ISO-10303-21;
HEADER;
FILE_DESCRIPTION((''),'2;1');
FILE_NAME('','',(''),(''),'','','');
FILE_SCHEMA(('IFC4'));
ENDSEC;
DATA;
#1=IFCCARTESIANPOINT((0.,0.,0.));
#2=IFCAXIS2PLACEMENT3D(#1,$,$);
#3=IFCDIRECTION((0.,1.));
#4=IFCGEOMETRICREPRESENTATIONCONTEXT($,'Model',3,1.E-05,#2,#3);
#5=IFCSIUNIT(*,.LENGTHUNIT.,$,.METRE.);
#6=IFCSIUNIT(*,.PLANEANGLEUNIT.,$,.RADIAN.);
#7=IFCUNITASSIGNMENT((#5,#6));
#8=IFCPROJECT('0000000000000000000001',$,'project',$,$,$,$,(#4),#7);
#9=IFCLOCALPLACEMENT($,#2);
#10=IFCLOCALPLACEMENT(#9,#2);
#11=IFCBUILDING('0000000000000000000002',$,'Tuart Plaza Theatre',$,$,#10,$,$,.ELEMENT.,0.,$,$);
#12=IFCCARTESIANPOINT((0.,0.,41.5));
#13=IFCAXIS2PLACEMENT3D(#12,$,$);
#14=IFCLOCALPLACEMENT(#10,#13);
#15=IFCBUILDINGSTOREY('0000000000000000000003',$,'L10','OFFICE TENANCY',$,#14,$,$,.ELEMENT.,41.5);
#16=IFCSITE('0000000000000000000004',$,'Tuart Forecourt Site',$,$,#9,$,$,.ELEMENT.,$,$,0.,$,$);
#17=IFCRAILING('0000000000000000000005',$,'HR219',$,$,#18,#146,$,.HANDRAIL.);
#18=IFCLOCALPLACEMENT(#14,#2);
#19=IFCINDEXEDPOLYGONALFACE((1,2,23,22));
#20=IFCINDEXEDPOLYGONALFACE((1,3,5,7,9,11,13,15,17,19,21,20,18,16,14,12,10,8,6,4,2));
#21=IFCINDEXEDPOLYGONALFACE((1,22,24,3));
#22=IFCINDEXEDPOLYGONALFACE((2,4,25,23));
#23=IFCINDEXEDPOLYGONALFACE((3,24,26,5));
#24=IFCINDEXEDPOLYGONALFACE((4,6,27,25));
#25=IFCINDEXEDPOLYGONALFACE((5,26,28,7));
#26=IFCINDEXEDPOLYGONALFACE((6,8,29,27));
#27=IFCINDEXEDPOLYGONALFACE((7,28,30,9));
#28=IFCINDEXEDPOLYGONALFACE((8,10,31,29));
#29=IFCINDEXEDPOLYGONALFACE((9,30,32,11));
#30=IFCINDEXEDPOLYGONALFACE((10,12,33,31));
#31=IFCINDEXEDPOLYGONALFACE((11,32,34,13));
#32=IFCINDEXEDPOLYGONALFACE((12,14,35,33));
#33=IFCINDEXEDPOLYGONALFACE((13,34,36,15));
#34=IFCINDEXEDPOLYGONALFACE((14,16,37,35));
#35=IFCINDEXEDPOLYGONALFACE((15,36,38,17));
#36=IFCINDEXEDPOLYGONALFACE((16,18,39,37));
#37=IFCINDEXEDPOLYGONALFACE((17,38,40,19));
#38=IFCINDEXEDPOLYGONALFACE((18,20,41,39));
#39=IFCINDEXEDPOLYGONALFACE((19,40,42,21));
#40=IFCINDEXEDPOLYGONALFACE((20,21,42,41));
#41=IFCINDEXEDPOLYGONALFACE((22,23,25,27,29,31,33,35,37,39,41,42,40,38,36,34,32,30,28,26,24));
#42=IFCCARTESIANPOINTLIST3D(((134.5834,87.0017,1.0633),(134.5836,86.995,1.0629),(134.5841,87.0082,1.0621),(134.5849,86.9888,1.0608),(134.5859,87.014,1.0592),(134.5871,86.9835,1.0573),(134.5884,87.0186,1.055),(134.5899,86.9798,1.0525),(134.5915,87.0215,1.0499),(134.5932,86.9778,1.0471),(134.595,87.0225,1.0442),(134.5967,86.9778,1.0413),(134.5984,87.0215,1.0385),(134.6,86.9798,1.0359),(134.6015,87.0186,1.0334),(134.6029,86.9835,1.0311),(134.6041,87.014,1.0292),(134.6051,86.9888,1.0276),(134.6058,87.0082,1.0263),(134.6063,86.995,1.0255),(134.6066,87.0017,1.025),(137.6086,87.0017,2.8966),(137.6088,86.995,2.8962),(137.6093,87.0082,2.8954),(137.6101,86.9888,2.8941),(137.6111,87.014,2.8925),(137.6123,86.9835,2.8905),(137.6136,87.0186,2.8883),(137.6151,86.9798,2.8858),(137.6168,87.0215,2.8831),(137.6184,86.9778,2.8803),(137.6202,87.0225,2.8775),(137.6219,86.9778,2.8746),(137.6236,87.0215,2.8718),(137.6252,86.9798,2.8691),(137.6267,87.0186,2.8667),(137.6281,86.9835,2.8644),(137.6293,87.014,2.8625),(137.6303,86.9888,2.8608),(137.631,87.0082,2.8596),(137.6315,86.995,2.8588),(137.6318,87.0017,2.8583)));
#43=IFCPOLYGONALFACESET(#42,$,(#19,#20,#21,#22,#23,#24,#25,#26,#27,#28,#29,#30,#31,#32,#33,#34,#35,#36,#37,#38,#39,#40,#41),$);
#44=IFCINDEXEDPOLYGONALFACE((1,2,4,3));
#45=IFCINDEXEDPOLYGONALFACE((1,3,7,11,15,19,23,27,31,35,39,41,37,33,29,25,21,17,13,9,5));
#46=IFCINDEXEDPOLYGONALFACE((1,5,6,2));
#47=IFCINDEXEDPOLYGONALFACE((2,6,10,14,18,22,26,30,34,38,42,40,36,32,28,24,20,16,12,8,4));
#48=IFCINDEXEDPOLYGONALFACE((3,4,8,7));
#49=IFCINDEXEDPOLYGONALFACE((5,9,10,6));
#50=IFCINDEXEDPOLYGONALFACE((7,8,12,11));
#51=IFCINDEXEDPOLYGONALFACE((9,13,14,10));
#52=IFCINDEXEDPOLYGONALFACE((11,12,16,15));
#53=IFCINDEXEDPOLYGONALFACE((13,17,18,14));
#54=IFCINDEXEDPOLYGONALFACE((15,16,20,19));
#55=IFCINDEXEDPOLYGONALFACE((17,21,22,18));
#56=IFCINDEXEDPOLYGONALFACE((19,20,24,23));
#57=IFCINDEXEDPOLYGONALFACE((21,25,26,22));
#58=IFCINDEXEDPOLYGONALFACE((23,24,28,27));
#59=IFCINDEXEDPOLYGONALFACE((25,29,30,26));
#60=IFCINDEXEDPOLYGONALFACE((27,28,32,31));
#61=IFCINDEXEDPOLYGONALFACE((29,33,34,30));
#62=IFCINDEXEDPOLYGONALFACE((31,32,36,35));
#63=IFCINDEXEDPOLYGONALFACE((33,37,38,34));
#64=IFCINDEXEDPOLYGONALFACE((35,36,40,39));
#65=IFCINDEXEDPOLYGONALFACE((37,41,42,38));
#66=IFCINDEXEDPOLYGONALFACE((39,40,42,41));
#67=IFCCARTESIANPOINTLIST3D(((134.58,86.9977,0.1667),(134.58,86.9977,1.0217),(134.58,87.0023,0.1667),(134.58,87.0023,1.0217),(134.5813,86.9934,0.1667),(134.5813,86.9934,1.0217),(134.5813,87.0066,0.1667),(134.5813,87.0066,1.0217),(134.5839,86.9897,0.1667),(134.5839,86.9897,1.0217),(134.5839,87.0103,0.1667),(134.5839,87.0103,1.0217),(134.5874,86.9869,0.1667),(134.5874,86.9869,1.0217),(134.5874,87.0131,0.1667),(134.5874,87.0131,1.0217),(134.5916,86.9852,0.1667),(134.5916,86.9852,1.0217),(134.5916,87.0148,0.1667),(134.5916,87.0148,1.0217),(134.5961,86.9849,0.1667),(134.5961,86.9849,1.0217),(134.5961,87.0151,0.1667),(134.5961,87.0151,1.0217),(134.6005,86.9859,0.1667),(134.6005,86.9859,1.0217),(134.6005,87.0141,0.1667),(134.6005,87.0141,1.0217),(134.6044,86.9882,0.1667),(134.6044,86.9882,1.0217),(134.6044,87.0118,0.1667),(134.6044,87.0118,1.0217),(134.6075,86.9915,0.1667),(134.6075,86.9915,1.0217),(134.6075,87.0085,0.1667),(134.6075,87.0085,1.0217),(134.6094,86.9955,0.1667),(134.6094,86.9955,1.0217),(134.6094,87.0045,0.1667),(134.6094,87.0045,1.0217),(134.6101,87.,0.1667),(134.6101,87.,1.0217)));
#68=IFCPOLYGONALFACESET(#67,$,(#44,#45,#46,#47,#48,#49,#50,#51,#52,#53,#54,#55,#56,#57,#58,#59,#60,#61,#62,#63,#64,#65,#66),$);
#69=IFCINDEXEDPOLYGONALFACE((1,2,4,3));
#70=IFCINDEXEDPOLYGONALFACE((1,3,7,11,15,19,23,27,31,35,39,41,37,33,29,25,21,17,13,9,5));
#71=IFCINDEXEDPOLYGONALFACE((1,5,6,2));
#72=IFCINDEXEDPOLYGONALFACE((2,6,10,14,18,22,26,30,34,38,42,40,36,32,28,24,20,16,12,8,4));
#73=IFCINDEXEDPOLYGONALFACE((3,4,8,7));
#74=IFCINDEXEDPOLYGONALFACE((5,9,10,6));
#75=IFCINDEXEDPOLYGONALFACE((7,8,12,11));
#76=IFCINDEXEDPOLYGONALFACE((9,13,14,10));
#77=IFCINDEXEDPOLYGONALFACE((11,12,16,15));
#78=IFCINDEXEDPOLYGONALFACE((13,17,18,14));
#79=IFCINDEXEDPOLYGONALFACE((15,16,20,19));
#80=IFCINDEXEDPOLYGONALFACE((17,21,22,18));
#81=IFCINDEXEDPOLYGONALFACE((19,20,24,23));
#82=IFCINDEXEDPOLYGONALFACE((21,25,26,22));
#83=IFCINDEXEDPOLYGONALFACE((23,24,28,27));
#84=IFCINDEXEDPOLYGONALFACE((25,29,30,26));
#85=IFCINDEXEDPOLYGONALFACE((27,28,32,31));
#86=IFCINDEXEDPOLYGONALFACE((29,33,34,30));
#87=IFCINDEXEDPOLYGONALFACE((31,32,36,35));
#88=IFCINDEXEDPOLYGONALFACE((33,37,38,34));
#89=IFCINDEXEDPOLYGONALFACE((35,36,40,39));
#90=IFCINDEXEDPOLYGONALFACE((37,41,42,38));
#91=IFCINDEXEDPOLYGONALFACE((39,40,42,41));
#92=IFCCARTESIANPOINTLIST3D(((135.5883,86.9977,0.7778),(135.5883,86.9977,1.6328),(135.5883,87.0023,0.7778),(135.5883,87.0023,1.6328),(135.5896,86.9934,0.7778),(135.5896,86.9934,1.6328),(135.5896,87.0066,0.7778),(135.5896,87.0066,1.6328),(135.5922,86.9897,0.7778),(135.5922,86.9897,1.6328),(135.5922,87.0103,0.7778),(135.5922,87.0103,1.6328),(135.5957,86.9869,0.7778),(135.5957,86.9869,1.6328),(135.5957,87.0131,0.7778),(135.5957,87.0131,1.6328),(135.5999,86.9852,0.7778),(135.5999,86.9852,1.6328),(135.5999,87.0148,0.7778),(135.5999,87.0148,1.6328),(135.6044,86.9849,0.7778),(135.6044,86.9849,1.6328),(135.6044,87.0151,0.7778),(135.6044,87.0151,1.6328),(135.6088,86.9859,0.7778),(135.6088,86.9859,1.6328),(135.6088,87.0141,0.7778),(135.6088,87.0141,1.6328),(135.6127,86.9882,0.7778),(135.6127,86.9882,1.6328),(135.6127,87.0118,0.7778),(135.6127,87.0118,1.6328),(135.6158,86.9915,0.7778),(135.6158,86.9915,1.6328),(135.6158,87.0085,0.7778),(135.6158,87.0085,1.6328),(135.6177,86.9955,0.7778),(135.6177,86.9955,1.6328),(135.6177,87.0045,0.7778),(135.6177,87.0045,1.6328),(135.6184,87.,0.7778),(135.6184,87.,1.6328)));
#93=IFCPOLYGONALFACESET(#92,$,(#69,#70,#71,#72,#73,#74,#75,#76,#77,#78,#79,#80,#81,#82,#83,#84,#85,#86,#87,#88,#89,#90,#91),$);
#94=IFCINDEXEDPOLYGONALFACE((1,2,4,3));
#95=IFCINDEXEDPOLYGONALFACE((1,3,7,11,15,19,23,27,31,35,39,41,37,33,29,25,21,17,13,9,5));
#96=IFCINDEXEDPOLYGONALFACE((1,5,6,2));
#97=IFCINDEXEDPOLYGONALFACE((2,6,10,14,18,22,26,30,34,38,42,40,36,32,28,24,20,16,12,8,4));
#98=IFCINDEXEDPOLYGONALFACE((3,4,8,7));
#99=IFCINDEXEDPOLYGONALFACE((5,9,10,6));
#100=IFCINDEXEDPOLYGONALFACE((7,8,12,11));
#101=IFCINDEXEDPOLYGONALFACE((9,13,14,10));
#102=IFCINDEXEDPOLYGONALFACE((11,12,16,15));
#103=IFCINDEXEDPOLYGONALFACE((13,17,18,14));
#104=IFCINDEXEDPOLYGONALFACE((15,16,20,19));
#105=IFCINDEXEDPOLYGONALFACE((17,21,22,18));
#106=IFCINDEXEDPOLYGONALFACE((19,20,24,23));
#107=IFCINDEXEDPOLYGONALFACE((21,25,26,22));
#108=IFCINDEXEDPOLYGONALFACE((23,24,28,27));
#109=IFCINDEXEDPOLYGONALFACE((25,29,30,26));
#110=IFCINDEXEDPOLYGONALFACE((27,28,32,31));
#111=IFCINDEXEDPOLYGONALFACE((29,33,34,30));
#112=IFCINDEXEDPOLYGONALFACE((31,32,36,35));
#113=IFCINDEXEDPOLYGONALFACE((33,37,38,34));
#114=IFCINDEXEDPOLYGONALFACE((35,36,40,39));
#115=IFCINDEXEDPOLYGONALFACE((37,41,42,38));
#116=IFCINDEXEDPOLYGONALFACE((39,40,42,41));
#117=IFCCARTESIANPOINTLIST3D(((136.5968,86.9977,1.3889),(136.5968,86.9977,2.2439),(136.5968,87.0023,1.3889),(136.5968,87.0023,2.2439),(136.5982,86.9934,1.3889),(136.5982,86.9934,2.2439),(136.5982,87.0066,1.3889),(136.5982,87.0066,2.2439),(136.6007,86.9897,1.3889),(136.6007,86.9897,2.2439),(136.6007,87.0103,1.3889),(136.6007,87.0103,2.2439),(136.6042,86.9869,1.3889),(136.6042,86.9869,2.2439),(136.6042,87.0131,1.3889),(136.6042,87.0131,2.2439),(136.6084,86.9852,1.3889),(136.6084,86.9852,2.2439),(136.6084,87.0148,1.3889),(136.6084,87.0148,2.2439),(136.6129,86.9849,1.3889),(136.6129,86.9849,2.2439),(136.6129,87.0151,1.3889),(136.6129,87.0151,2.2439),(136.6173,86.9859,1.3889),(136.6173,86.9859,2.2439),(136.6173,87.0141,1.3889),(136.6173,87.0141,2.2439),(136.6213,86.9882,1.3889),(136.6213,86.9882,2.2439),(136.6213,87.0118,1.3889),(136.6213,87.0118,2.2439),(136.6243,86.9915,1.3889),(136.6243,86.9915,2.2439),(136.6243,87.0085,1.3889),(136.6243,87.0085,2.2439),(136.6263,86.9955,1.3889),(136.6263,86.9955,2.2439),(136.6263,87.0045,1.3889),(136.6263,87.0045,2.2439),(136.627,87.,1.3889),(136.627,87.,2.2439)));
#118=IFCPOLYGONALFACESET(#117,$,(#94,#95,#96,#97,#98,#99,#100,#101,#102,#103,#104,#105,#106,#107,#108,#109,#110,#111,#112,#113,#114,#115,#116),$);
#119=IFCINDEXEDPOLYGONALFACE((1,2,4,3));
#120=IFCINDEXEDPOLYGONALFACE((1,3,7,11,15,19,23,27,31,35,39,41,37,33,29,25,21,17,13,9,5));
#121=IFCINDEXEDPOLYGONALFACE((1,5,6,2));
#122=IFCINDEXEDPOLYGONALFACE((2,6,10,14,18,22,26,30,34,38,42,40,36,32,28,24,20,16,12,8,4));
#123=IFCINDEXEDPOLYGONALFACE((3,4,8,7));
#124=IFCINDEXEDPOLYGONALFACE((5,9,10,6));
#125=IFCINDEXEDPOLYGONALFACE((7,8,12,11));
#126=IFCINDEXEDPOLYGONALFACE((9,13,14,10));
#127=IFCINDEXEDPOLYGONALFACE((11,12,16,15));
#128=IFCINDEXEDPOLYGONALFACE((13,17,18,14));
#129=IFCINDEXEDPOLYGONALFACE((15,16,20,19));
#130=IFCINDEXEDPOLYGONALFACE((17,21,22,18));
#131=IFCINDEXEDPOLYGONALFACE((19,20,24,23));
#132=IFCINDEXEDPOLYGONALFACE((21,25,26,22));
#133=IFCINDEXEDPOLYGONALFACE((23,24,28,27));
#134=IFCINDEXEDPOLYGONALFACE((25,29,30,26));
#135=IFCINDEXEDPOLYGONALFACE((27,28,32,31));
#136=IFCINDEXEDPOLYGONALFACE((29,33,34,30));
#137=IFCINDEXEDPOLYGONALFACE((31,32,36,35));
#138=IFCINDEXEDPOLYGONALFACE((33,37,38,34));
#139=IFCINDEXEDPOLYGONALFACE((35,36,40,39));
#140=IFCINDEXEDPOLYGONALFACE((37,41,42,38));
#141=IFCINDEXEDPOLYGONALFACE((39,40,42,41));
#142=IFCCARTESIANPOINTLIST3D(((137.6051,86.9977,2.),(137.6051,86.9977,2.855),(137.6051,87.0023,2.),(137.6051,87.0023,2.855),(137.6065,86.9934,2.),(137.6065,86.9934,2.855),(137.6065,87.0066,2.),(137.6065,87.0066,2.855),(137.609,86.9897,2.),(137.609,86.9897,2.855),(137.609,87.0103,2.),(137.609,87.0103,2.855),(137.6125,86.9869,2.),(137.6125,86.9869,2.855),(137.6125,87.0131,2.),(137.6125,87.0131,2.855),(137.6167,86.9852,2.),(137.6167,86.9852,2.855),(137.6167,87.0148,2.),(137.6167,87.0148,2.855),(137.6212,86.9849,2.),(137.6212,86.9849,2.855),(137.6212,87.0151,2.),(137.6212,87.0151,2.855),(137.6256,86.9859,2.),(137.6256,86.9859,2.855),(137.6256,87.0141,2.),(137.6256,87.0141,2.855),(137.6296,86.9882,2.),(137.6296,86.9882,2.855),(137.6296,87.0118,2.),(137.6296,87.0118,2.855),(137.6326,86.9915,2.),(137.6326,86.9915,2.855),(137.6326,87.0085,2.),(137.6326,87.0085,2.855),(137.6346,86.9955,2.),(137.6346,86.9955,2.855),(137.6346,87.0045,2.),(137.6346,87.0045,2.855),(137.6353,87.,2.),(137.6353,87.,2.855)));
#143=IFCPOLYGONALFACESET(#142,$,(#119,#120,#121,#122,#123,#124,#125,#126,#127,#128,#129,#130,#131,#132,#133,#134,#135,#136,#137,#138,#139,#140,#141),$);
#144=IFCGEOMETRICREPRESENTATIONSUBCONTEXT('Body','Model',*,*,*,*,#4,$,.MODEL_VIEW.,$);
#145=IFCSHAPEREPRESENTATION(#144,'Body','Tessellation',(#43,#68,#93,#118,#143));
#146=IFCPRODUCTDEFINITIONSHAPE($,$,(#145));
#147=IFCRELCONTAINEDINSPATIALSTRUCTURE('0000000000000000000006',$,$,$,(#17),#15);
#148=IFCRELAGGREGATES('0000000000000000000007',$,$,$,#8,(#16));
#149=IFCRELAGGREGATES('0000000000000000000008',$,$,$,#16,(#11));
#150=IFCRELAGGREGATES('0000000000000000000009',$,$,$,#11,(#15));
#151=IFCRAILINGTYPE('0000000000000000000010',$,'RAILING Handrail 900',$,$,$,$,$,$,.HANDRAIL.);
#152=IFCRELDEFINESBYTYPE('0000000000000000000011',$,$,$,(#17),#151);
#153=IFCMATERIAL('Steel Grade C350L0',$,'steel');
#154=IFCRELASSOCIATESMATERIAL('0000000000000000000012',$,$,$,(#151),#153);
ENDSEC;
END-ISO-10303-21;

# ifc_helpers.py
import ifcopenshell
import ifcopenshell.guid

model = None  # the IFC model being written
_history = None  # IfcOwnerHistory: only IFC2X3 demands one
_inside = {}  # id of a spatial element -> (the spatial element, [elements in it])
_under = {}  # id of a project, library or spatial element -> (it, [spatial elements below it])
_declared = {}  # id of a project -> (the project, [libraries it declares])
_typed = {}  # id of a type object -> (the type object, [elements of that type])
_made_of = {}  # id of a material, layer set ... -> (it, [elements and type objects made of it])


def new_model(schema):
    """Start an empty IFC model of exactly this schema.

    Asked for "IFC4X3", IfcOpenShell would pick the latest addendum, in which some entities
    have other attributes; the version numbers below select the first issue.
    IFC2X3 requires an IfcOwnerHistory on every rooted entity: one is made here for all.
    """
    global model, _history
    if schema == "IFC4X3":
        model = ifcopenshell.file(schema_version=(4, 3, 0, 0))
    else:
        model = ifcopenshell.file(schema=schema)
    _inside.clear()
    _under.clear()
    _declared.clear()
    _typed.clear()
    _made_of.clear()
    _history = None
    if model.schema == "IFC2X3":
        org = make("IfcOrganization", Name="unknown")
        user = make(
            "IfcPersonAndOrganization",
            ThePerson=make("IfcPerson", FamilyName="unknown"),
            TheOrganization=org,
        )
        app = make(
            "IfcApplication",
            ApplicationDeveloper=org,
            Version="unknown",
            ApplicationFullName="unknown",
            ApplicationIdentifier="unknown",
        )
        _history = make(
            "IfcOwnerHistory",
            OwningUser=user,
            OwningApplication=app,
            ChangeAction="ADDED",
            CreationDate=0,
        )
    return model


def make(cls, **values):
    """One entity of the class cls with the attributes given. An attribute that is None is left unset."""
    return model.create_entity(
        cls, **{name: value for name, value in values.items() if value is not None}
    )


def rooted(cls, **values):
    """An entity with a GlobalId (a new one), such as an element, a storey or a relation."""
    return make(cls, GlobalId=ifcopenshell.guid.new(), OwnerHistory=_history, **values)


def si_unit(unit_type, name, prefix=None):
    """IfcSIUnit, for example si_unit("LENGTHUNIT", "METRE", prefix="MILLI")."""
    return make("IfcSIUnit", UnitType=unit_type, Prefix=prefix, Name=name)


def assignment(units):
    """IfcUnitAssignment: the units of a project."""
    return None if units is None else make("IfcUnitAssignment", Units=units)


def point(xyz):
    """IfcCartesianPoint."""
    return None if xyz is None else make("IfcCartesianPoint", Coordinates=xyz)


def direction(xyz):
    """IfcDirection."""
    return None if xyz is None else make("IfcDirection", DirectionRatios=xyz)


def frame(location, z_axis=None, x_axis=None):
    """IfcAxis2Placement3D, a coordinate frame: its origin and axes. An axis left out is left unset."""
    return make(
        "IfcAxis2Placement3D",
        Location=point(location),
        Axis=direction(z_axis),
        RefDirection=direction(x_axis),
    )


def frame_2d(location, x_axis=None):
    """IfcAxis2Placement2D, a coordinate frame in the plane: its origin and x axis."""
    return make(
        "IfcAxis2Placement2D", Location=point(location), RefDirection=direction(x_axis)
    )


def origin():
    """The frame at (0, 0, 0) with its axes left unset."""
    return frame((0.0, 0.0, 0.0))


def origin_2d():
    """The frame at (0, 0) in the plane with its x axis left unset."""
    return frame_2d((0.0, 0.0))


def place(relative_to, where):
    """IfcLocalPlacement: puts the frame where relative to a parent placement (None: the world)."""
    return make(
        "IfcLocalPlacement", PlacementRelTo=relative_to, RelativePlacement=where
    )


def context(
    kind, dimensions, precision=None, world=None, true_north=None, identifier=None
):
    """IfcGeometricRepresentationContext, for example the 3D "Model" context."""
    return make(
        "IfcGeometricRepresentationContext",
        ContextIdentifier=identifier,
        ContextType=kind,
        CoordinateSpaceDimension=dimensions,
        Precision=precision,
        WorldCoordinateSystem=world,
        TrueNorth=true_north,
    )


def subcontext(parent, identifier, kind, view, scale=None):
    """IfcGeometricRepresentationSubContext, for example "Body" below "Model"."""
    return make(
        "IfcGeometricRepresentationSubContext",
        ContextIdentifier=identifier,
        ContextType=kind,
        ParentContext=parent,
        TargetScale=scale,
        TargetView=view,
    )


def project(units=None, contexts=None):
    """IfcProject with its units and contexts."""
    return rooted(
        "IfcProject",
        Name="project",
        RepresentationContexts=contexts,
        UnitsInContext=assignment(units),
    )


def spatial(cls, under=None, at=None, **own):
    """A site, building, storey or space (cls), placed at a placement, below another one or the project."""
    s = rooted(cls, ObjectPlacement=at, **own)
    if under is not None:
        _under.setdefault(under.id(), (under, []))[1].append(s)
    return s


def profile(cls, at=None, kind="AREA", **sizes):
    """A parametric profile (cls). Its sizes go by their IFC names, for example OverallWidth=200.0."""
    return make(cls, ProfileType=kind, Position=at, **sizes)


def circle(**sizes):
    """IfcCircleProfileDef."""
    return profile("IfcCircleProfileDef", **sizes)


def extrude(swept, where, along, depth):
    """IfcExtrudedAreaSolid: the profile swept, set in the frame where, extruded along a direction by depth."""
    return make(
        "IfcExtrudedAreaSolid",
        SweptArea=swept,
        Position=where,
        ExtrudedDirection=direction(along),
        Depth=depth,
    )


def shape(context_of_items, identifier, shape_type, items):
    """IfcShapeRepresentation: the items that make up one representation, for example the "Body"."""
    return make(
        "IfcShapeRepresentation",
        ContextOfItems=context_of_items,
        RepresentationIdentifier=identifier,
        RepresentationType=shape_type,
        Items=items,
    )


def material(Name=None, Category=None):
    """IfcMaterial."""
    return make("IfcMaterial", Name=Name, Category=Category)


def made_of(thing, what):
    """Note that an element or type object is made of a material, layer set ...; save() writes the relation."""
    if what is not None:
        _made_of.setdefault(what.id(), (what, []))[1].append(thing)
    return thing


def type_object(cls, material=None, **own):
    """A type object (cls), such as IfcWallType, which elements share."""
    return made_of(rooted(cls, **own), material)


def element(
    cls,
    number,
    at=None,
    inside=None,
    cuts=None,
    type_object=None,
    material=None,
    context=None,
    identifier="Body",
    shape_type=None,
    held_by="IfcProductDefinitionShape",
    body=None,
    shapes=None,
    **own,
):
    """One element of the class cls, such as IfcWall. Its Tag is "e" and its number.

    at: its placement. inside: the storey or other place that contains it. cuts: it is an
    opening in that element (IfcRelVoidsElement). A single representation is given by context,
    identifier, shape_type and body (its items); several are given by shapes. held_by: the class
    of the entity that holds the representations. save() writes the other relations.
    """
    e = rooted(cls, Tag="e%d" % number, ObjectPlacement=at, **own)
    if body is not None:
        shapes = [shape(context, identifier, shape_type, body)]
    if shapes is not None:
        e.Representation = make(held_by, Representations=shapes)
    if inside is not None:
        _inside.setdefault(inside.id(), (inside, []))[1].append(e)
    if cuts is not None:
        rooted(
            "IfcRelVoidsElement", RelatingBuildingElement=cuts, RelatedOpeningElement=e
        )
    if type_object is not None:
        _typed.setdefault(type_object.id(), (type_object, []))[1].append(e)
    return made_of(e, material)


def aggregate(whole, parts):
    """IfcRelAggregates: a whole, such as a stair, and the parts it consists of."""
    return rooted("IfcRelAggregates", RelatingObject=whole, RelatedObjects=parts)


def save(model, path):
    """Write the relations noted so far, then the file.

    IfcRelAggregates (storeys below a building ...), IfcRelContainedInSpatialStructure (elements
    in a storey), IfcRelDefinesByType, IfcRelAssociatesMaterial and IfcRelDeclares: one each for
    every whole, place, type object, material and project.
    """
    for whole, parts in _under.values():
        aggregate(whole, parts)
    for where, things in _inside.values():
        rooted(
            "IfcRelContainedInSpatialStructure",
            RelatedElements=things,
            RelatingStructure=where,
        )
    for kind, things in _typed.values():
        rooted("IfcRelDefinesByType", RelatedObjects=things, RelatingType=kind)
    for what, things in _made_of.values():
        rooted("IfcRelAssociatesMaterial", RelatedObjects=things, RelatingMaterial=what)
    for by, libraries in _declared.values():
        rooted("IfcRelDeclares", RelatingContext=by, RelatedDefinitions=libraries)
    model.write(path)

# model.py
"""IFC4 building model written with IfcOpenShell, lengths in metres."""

from ifc_helpers import new_model, si_unit, direction, frame, origin, origin_2d, place, context, subcontext, project, spatial, circle, extrude, material, type_object, element, save


model = new_model("IFC4")

# Units and contexts
model_context = context("Model", 3, precision=1e-05, world=origin(), true_north=direction((0.0, 1.0)))
body_context = subcontext(model_context, "Body", "Model", "MODEL_VIEW")
ifc_project = project(units=[si_unit("LENGTHUNIT", "METRE"), si_unit("PLANEANGLEUNIT", "RADIAN")], contexts=[model_context])

# Site, building, storey
site_placement = place(None, origin())
site = spatial("IfcSite", under=ifc_project, at=site_placement, Name="Tuart Forecourt Site", CompositionType="ELEMENT", RefElevation=0.0)
building_placement = place(site_placement, origin())
building = spatial("IfcBuilding", under=site, at=building_placement, Name="Tuart Plaza Theatre", CompositionType="ELEMENT", ElevationOfRefHeight=0.0)
storey_placement = place(building_placement, frame((0.0, 0.0, 41.5)))
storey = spatial("IfcBuildingStorey", under=building, at=storey_placement, Name="L10", Description="OFFICE TENANCY", CompositionType="ELEMENT", Elevation=41.5)

# Railing
ifc_material_1 = material(Name="Steel Grade C350L0", Category="steel")
railing_type_1 = type_object("IfcRailingType", Name="RAILING Handrail 900", PredefinedType="HANDRAIL", material=ifc_material_1)
for number, where, name in (
    (1, (134.595, 87.0, 0.1667), "HR219"),
):
    element("IfcRailing", number, at=place(storey_placement, frame(where)), inside=storey, type_object=railing_type_1, Name=name, PredefinedType="HANDRAIL", context=body_context, shape_type="SweptSolid", body=[
        extrude(circle(Radius=0.0225, at=origin_2d()), frame((0.0, 0.0, 0.8774), z_axis=(0.855219, 0.0, 0.518267), x_axis=(0.0, 1.0, 0.0)), (0.0, 0.0, 1.0), 3.5374),
        extrude(circle(Radius=0.0151, at=origin_2d()), origin(), (0.0, 0.0, 1.0), 0.855),
        extrude(circle(Radius=0.0151, at=origin_2d()), frame((1.0083, 0.0, 0.6111)), (0.0, 0.0, 1.0), 0.855),
        extrude(circle(Radius=0.0151, at=origin_2d()), frame((2.0168, 0.0, 1.2222)), (0.0, 0.0, 1.0), 0.855),
        extrude(circle(Radius=0.0151, at=origin_2d()), frame((3.0251, 0.0, 1.8333)), (0.0, 0.0, 1.0), 0.855),
    ])

save(model, "model.ifc")
